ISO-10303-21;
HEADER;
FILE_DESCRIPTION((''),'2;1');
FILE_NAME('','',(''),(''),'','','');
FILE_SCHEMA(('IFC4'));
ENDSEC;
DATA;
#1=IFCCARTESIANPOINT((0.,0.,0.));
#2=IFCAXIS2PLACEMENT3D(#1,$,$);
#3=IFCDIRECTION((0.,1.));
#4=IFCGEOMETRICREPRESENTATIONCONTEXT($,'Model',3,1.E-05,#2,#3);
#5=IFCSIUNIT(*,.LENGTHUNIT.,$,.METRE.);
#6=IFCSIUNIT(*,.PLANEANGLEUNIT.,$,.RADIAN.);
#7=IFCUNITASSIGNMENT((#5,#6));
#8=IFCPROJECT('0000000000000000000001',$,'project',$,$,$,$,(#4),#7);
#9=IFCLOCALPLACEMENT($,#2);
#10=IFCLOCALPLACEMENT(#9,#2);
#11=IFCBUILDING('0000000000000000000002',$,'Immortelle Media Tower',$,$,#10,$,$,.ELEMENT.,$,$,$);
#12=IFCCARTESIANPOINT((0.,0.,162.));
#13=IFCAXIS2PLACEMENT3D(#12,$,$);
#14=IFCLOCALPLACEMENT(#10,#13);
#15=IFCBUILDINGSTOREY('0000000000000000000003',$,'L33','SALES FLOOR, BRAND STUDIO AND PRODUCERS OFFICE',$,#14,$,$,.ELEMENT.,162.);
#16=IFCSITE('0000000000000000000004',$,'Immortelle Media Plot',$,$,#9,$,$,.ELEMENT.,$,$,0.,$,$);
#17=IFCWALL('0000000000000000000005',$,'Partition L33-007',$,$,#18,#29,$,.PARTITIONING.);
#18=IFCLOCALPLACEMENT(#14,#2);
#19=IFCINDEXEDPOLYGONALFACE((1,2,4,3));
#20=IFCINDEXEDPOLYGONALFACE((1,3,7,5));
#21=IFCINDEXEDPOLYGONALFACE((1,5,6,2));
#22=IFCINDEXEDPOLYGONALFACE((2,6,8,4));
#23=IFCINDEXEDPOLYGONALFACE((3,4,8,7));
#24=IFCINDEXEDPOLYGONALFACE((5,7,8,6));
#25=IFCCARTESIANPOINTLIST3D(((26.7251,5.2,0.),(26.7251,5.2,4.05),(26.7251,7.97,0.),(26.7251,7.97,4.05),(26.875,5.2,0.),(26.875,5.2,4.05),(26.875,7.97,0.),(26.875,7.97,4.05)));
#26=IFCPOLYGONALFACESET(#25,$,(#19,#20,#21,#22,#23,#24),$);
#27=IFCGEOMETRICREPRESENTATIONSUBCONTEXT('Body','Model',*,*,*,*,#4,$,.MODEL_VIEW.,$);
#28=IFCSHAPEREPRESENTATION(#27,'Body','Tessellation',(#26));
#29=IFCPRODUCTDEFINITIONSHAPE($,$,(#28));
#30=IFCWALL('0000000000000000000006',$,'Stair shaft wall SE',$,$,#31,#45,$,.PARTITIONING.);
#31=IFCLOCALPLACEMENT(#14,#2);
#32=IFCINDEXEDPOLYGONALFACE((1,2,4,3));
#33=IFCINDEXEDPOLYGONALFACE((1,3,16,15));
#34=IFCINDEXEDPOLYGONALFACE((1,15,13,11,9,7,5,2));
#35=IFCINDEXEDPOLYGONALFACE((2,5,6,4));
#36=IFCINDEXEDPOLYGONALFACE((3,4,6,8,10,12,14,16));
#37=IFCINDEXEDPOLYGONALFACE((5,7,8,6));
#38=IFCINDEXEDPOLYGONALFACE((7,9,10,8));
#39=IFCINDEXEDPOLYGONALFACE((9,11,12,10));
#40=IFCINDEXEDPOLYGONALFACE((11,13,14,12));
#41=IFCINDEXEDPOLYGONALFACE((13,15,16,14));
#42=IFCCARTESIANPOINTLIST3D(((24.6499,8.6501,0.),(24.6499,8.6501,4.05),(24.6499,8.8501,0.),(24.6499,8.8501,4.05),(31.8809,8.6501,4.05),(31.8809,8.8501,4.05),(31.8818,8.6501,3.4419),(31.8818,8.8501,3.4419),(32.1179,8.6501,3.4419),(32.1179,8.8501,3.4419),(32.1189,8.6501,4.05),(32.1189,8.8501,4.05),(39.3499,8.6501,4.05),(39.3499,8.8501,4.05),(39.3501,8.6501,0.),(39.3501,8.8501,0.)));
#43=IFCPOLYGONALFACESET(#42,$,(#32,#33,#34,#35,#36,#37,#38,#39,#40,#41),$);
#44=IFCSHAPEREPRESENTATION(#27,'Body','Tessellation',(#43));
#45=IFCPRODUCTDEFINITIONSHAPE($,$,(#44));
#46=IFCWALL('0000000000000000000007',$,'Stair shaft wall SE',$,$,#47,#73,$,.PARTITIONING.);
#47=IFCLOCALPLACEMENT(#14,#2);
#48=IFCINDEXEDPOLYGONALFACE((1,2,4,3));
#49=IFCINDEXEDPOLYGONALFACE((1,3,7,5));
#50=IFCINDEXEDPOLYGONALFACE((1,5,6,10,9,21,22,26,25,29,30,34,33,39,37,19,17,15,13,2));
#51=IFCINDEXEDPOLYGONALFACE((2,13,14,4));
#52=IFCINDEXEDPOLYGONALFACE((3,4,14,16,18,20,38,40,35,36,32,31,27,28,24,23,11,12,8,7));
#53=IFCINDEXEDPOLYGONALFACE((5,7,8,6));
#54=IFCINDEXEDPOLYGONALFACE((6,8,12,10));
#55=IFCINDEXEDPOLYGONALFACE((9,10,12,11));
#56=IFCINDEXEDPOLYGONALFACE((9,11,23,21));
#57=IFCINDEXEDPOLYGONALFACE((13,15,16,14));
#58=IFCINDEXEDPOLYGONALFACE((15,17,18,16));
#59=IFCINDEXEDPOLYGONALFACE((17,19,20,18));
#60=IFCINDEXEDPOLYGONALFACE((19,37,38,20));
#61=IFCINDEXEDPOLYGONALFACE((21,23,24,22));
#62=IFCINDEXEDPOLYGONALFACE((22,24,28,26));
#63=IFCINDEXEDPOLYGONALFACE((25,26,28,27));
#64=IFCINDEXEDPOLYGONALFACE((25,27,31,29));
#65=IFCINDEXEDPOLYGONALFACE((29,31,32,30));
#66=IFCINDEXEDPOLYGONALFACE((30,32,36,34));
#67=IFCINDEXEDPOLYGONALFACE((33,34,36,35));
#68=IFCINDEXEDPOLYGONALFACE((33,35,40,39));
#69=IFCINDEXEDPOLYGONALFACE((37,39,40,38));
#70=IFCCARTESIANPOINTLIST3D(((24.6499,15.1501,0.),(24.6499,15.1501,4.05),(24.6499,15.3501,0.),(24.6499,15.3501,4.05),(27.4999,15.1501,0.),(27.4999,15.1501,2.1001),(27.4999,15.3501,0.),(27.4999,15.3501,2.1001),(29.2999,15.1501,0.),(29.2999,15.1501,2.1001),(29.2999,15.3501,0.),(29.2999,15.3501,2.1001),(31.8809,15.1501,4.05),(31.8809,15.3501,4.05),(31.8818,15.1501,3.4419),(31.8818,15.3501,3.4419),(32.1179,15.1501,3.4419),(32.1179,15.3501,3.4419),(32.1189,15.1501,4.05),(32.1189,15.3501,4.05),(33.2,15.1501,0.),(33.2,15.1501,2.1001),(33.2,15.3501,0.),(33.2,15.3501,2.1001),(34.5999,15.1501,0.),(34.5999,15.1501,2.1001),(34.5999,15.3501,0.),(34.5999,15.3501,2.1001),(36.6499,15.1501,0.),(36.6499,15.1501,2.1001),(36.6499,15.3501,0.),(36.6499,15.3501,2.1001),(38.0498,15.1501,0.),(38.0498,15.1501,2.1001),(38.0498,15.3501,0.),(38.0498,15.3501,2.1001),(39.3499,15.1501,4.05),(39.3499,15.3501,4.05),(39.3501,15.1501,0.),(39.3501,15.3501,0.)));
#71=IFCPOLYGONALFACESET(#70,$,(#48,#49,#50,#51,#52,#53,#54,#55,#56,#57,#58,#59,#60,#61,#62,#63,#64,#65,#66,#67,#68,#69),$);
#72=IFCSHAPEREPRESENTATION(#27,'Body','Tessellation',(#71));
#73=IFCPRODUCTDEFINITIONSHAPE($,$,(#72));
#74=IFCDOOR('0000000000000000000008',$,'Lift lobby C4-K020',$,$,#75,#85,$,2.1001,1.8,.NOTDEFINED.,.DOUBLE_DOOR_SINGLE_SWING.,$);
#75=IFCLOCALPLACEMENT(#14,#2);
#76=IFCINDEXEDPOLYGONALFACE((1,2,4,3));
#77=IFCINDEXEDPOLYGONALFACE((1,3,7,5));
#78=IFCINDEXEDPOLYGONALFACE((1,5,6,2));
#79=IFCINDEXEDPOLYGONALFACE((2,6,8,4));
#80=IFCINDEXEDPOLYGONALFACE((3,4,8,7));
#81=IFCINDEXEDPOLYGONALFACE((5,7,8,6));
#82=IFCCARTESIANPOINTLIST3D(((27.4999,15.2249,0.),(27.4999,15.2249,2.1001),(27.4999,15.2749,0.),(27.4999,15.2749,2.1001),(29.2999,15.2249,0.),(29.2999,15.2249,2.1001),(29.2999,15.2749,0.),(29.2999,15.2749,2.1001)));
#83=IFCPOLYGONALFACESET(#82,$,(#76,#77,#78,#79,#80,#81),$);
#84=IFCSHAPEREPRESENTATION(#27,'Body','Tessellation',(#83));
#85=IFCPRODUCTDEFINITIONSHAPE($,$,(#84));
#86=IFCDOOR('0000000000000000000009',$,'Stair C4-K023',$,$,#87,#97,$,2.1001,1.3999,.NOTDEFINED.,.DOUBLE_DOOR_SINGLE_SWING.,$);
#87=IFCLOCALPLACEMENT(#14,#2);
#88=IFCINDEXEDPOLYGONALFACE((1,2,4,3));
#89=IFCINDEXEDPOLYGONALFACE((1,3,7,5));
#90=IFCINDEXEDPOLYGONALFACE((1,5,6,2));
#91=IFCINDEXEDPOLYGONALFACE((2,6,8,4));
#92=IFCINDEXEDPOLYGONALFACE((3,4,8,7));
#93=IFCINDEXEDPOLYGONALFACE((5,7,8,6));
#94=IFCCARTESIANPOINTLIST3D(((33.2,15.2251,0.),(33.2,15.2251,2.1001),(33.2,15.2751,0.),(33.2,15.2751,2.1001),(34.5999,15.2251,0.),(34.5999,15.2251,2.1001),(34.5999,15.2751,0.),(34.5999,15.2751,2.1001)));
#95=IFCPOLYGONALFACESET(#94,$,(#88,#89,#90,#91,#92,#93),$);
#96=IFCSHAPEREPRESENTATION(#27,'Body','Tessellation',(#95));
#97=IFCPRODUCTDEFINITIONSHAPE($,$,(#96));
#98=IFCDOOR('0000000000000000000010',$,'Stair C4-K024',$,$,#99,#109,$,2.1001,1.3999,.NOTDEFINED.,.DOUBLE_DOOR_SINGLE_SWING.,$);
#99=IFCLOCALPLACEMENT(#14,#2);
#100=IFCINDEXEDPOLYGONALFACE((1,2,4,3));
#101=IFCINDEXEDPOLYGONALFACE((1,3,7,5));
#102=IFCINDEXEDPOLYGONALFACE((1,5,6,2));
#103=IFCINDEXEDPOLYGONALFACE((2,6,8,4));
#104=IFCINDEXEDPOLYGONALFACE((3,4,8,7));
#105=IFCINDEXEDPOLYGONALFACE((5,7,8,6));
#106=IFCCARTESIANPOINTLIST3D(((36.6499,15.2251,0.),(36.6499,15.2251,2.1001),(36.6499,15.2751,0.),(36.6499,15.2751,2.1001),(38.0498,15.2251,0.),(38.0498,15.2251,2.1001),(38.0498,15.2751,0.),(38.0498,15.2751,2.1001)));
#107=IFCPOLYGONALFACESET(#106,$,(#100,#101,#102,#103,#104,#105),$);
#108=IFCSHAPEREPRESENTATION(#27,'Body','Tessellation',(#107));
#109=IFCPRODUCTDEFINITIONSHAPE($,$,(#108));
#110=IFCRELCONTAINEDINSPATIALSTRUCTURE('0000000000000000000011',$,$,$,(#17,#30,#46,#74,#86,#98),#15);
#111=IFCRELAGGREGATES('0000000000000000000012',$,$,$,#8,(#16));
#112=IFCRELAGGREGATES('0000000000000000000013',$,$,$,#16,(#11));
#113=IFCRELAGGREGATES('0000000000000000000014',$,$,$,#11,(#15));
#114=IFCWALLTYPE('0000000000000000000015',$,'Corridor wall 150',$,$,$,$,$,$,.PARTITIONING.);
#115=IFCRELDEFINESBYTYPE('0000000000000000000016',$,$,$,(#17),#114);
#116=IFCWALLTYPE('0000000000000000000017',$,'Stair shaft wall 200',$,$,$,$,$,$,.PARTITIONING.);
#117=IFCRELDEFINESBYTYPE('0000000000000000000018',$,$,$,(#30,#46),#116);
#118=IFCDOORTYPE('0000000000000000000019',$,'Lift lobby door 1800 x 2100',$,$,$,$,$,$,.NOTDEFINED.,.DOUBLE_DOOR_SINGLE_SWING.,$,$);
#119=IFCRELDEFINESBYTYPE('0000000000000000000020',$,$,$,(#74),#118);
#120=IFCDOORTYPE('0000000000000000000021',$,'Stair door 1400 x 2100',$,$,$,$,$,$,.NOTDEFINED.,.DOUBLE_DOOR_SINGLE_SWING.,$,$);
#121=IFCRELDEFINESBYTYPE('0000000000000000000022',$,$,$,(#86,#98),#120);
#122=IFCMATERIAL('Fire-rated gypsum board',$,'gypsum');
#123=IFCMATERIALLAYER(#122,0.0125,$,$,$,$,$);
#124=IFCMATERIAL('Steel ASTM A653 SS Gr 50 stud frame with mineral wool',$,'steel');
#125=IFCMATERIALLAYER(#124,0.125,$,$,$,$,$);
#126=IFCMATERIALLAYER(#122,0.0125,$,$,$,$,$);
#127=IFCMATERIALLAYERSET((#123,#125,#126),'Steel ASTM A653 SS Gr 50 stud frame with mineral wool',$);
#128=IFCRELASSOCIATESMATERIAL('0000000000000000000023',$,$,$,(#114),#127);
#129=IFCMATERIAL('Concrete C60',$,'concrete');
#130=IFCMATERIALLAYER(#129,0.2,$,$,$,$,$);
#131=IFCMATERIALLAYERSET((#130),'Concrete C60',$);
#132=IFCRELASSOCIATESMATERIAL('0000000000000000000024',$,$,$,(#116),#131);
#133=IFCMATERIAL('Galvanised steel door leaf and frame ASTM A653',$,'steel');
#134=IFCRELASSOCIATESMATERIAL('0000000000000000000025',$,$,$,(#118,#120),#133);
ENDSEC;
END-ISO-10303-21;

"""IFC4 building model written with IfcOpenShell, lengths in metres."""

from ifc_helpers import new_model, si_unit, direction, frame, frame_2d, origin, place, context, subcontext, project, spatial, polyline, rectangle, outline, extrude, material, layer, layer_set, type_object, element, fill, save


model = new_model("IFC4")

# Units and contexts
model_context = context("Model", 3, precision=1e-05, world=origin(), true_north=direction((0.0, 1.0)))
body_context = subcontext(model_context, "Body", "Model", "MODEL_VIEW")
ifc_project = project(units=[si_unit("LENGTHUNIT", "METRE"), si_unit("PLANEANGLEUNIT", "RADIAN")], contexts=[model_context])

# Site, building, storey
site_placement = place(None, origin())
site = spatial("IfcSite", under=ifc_project, at=site_placement, Name="Immortelle Media Plot", CompositionType="ELEMENT", RefElevation=0.0)
building_placement = place(site_placement, origin())
building = spatial("IfcBuilding", under=site, at=building_placement, Name="Immortelle Media Tower", CompositionType="ELEMENT")
storey_placement = place(building_placement, frame((0.0, 0.0, 162.0)))
storey = spatial("IfcBuildingStorey", under=building, at=storey_placement, Name="L33", Description="SALES FLOOR, BRAND STUDIO AND PRODUCERS OFFICE", CompositionType="ELEMENT", Elevation=162.0)

# Shared definitions
ifc_material_1 = material(Name="Fire-rated gypsum board", Category="gypsum")
ifc_material_2 = material(Name="Steel ASTM A653 SS Gr 50 stud frame with mineral wool", Category="steel")
ifc_material_3 = material(Name="Galvanised steel door leaf and frame ASTM A653", Category="steel")

# Walls
ifc_layer_1 = layer(ifc_material_1, 0.0125)
ifc_layer_2 = layer(ifc_material_2, 0.125)
ifc_layer_3 = layer(ifc_material_1, 0.0125)
ifc_layer_set_1 = layer_set([ifc_layer_1, ifc_layer_2, ifc_layer_3], Name="Steel ASTM A653 SS Gr 50 stud frame with mineral wool")
wall_type_1 = type_object("IfcWallType", Name="Corridor wall 150", PredefinedType="PARTITIONING", material=ifc_layer_set_1)
wall_1_placement = place(storey_placement, frame((26.8, 5.2, 0.0), z_axis=(0.0, 0.0, 1.0), x_axis=(0.0, 1.0, 0.0)))
element("IfcWall", 1, at=wall_1_placement, inside=storey, type_object=wall_type_1, Name="Partition L33-007", PredefinedType="PARTITIONING", context=body_context, shape_type="SweptSolid", body=[
    extrude(rectangle(XDim=2.77, YDim=0.1499, at=frame_2d((1.385, 0.0))), origin(), (0.0, 0.0, 1.0), 4.05),
])
ifc_material_4 = material(Name="Concrete C60", Category="concrete")
ifc_layer_4 = layer(ifc_material_4, 0.2)
ifc_layer_set_2 = layer_set([ifc_layer_4], Name="Concrete C60")
wall_type_2 = type_object("IfcWallType", Name="Stair shaft wall 200", PredefinedType="PARTITIONING", material=ifc_layer_set_2)
wall_2_placement = place(storey_placement, frame((24.6499, 8.75, 0.0), z_axis=(0.0, 0.0, 1.0), x_axis=(1.0, 0.0, 0.0)))
element("IfcWall", 2, at=wall_2_placement, inside=storey, type_object=wall_type_2, Name="Stair shaft wall SE", PredefinedType="PARTITIONING", context=body_context, shape_type="SweptSolid", body=[
    extrude(outline(polyline([(0.0, 0.0), (14.7002, 0.0), (14.7, 4.05), (7.469, 4.05), (7.468, 3.4419), (7.2319, 3.4419), (7.231, 4.05), (0.0, 4.05), (0.0, 0.0)])), frame((0.0, 0.1001, 0.0), z_axis=(0.0, -1.0, 0.0), x_axis=(1.0, 0.0, 0.0)), (0.0, 0.0, 1.0), 0.2),
])

# Wall, openings, doors
wall_3_placement = place(storey_placement, frame((24.6499, 15.25, 0.0), z_axis=(0.0, 0.0, 1.0), x_axis=(1.0, 0.0, 0.0)))
wall_3 = element("IfcWall", 3, at=wall_3_placement, inside=storey, type_object=wall_type_2, Name="Stair shaft wall SE", PredefinedType="PARTITIONING", context=body_context, shape_type="SweptSolid", body=[
    extrude(outline(polyline([(0.0, 0.0), (14.7002, 0.0), (14.7, 4.05), (7.469, 4.05), (7.468, 3.4419), (7.2319, 3.4419), (7.231, 4.05), (0.0, 4.05), (0.0, 0.0)])), frame((0.0, 0.1001, 0.0), z_axis=(0.0, -1.0, 0.0), x_axis=(1.0, 0.0, 0.0)), (0.0, 0.0, 1.0), 0.2),
])
opening_1_placement = place(wall_3_placement, frame((2.8501, 0.0, 0.0)))
opening_1 = element("IfcOpeningElement", 4, at=opening_1_placement, cuts=wall_3, PredefinedType="OPENING", context=body_context, shape_type="SweptSolid", body=[
    extrude(rectangle(XDim=1.8, YDim=2.1001, at=frame_2d((0.8999, 1.05))), frame((0.0, 0.1099, 0.0), z_axis=(0.0, -1.0, 0.0), x_axis=(1.0, 0.0, 0.0)), (0.0, 0.0, 1.0), 0.22),
])
opening_2_placement = place(wall_3_placement, frame((9.95, 0.0, 0.0), z_axis=(0.0, 0.0, 1.0), x_axis=(-1.0, 0.0, 0.0)))
opening_2 = element("IfcOpeningElement", 5, at=opening_2_placement, cuts=wall_3, PredefinedType="OPENING", context=body_context, shape_type="SweptSolid", body=[
    extrude(rectangle(XDim=1.3999, YDim=2.1001, at=frame_2d((0.7, 1.05))), frame((0.0, 0.1099, 0.0), z_axis=(0.0, -1.0, 0.0), x_axis=(1.0, 0.0, 0.0)), (0.0, 0.0, 1.0), 0.22),
])
opening_3_placement = place(wall_3_placement, frame((13.3999, 0.0, 0.0), z_axis=(0.0, 0.0, 1.0), x_axis=(-1.0, 0.0, 0.0)))
opening_3 = element("IfcOpeningElement", 6, at=opening_3_placement, cuts=wall_3, PredefinedType="OPENING", context=body_context, shape_type="SweptSolid", body=[
    extrude(rectangle(XDim=1.3999, YDim=2.1001, at=frame_2d((0.7, 1.05))), frame((0.0, 0.1099, 0.0), z_axis=(0.0, -1.0, 0.0), x_axis=(1.0, 0.0, 0.0)), (0.0, 0.0, 1.0), 0.22),
])
door_type_1 = type_object("IfcDoorType", Name="Lift lobby door 1800 x 2100", OperationType="DOUBLE_DOOR_SINGLE_SWING", PredefinedType="NOTDEFINED", material=ifc_material_3)
door_1_placement = place(opening_1_placement, origin())
door_1 = element("IfcDoor", 7, at=door_1_placement, inside=storey, type_object=door_type_1, Name="Lift lobby C4-K020", OperationType="DOUBLE_DOOR_SINGLE_SWING", OverallHeight=2.1001, OverallWidth=1.8, PredefinedType="NOTDEFINED", context=body_context, shape_type="SweptSolid", body=[
    extrude(rectangle(XDim=1.8, YDim=2.1001, at=frame_2d((0.8999, 1.05))), frame((0.0, 0.0249, 0.0), z_axis=(0.0, -1.0, 0.0), x_axis=(1.0, 0.0, 0.0)), (0.0, 0.0, 1.0), 0.05),
])
fill(opening_1, door_1)
door_type_2 = type_object("IfcDoorType", Name="Stair door 1400 x 2100", OperationType="DOUBLE_DOOR_SINGLE_SWING", PredefinedType="NOTDEFINED", material=ifc_material_3)
door_2_placement = place(opening_2_placement, origin())
door_2 = element("IfcDoor", 8, at=door_2_placement, inside=storey, type_object=door_type_2, Name="Stair C4-K023", OperationType="DOUBLE_DOOR_SINGLE_SWING", OverallHeight=2.1001, OverallWidth=1.3999, PredefinedType="NOTDEFINED", context=body_context, shape_type="SweptSolid", body=[
    extrude(rectangle(XDim=1.3999, YDim=2.1001, at=frame_2d((0.7, 1.05))), frame((0.0, 0.0249, 0.0), z_axis=(0.0, -1.0, 0.0), x_axis=(1.0, 0.0, 0.0)), (0.0, 0.0, 1.0), 0.05),
])
fill(opening_2, door_2)
door_3_placement = place(opening_3_placement, origin())
door_3 = element("IfcDoor", 9, at=door_3_placement, inside=storey, type_object=door_type_2, Name="Stair C4-K024", OperationType="DOUBLE_DOOR_SINGLE_SWING", OverallHeight=2.1001, OverallWidth=1.3999, PredefinedType="NOTDEFINED", context=body_context, shape_type="SweptSolid", body=[
    extrude(rectangle(XDim=1.3999, YDim=2.1001, at=frame_2d((0.7, 1.05))), frame((0.0, 0.0249, 0.0), z_axis=(0.0, -1.0, 0.0), x_axis=(1.0, 0.0, 0.0)), (0.0, 0.0, 1.0), 0.05),
])
fill(opening_3, door_3)

save(model, "model.ifc")
